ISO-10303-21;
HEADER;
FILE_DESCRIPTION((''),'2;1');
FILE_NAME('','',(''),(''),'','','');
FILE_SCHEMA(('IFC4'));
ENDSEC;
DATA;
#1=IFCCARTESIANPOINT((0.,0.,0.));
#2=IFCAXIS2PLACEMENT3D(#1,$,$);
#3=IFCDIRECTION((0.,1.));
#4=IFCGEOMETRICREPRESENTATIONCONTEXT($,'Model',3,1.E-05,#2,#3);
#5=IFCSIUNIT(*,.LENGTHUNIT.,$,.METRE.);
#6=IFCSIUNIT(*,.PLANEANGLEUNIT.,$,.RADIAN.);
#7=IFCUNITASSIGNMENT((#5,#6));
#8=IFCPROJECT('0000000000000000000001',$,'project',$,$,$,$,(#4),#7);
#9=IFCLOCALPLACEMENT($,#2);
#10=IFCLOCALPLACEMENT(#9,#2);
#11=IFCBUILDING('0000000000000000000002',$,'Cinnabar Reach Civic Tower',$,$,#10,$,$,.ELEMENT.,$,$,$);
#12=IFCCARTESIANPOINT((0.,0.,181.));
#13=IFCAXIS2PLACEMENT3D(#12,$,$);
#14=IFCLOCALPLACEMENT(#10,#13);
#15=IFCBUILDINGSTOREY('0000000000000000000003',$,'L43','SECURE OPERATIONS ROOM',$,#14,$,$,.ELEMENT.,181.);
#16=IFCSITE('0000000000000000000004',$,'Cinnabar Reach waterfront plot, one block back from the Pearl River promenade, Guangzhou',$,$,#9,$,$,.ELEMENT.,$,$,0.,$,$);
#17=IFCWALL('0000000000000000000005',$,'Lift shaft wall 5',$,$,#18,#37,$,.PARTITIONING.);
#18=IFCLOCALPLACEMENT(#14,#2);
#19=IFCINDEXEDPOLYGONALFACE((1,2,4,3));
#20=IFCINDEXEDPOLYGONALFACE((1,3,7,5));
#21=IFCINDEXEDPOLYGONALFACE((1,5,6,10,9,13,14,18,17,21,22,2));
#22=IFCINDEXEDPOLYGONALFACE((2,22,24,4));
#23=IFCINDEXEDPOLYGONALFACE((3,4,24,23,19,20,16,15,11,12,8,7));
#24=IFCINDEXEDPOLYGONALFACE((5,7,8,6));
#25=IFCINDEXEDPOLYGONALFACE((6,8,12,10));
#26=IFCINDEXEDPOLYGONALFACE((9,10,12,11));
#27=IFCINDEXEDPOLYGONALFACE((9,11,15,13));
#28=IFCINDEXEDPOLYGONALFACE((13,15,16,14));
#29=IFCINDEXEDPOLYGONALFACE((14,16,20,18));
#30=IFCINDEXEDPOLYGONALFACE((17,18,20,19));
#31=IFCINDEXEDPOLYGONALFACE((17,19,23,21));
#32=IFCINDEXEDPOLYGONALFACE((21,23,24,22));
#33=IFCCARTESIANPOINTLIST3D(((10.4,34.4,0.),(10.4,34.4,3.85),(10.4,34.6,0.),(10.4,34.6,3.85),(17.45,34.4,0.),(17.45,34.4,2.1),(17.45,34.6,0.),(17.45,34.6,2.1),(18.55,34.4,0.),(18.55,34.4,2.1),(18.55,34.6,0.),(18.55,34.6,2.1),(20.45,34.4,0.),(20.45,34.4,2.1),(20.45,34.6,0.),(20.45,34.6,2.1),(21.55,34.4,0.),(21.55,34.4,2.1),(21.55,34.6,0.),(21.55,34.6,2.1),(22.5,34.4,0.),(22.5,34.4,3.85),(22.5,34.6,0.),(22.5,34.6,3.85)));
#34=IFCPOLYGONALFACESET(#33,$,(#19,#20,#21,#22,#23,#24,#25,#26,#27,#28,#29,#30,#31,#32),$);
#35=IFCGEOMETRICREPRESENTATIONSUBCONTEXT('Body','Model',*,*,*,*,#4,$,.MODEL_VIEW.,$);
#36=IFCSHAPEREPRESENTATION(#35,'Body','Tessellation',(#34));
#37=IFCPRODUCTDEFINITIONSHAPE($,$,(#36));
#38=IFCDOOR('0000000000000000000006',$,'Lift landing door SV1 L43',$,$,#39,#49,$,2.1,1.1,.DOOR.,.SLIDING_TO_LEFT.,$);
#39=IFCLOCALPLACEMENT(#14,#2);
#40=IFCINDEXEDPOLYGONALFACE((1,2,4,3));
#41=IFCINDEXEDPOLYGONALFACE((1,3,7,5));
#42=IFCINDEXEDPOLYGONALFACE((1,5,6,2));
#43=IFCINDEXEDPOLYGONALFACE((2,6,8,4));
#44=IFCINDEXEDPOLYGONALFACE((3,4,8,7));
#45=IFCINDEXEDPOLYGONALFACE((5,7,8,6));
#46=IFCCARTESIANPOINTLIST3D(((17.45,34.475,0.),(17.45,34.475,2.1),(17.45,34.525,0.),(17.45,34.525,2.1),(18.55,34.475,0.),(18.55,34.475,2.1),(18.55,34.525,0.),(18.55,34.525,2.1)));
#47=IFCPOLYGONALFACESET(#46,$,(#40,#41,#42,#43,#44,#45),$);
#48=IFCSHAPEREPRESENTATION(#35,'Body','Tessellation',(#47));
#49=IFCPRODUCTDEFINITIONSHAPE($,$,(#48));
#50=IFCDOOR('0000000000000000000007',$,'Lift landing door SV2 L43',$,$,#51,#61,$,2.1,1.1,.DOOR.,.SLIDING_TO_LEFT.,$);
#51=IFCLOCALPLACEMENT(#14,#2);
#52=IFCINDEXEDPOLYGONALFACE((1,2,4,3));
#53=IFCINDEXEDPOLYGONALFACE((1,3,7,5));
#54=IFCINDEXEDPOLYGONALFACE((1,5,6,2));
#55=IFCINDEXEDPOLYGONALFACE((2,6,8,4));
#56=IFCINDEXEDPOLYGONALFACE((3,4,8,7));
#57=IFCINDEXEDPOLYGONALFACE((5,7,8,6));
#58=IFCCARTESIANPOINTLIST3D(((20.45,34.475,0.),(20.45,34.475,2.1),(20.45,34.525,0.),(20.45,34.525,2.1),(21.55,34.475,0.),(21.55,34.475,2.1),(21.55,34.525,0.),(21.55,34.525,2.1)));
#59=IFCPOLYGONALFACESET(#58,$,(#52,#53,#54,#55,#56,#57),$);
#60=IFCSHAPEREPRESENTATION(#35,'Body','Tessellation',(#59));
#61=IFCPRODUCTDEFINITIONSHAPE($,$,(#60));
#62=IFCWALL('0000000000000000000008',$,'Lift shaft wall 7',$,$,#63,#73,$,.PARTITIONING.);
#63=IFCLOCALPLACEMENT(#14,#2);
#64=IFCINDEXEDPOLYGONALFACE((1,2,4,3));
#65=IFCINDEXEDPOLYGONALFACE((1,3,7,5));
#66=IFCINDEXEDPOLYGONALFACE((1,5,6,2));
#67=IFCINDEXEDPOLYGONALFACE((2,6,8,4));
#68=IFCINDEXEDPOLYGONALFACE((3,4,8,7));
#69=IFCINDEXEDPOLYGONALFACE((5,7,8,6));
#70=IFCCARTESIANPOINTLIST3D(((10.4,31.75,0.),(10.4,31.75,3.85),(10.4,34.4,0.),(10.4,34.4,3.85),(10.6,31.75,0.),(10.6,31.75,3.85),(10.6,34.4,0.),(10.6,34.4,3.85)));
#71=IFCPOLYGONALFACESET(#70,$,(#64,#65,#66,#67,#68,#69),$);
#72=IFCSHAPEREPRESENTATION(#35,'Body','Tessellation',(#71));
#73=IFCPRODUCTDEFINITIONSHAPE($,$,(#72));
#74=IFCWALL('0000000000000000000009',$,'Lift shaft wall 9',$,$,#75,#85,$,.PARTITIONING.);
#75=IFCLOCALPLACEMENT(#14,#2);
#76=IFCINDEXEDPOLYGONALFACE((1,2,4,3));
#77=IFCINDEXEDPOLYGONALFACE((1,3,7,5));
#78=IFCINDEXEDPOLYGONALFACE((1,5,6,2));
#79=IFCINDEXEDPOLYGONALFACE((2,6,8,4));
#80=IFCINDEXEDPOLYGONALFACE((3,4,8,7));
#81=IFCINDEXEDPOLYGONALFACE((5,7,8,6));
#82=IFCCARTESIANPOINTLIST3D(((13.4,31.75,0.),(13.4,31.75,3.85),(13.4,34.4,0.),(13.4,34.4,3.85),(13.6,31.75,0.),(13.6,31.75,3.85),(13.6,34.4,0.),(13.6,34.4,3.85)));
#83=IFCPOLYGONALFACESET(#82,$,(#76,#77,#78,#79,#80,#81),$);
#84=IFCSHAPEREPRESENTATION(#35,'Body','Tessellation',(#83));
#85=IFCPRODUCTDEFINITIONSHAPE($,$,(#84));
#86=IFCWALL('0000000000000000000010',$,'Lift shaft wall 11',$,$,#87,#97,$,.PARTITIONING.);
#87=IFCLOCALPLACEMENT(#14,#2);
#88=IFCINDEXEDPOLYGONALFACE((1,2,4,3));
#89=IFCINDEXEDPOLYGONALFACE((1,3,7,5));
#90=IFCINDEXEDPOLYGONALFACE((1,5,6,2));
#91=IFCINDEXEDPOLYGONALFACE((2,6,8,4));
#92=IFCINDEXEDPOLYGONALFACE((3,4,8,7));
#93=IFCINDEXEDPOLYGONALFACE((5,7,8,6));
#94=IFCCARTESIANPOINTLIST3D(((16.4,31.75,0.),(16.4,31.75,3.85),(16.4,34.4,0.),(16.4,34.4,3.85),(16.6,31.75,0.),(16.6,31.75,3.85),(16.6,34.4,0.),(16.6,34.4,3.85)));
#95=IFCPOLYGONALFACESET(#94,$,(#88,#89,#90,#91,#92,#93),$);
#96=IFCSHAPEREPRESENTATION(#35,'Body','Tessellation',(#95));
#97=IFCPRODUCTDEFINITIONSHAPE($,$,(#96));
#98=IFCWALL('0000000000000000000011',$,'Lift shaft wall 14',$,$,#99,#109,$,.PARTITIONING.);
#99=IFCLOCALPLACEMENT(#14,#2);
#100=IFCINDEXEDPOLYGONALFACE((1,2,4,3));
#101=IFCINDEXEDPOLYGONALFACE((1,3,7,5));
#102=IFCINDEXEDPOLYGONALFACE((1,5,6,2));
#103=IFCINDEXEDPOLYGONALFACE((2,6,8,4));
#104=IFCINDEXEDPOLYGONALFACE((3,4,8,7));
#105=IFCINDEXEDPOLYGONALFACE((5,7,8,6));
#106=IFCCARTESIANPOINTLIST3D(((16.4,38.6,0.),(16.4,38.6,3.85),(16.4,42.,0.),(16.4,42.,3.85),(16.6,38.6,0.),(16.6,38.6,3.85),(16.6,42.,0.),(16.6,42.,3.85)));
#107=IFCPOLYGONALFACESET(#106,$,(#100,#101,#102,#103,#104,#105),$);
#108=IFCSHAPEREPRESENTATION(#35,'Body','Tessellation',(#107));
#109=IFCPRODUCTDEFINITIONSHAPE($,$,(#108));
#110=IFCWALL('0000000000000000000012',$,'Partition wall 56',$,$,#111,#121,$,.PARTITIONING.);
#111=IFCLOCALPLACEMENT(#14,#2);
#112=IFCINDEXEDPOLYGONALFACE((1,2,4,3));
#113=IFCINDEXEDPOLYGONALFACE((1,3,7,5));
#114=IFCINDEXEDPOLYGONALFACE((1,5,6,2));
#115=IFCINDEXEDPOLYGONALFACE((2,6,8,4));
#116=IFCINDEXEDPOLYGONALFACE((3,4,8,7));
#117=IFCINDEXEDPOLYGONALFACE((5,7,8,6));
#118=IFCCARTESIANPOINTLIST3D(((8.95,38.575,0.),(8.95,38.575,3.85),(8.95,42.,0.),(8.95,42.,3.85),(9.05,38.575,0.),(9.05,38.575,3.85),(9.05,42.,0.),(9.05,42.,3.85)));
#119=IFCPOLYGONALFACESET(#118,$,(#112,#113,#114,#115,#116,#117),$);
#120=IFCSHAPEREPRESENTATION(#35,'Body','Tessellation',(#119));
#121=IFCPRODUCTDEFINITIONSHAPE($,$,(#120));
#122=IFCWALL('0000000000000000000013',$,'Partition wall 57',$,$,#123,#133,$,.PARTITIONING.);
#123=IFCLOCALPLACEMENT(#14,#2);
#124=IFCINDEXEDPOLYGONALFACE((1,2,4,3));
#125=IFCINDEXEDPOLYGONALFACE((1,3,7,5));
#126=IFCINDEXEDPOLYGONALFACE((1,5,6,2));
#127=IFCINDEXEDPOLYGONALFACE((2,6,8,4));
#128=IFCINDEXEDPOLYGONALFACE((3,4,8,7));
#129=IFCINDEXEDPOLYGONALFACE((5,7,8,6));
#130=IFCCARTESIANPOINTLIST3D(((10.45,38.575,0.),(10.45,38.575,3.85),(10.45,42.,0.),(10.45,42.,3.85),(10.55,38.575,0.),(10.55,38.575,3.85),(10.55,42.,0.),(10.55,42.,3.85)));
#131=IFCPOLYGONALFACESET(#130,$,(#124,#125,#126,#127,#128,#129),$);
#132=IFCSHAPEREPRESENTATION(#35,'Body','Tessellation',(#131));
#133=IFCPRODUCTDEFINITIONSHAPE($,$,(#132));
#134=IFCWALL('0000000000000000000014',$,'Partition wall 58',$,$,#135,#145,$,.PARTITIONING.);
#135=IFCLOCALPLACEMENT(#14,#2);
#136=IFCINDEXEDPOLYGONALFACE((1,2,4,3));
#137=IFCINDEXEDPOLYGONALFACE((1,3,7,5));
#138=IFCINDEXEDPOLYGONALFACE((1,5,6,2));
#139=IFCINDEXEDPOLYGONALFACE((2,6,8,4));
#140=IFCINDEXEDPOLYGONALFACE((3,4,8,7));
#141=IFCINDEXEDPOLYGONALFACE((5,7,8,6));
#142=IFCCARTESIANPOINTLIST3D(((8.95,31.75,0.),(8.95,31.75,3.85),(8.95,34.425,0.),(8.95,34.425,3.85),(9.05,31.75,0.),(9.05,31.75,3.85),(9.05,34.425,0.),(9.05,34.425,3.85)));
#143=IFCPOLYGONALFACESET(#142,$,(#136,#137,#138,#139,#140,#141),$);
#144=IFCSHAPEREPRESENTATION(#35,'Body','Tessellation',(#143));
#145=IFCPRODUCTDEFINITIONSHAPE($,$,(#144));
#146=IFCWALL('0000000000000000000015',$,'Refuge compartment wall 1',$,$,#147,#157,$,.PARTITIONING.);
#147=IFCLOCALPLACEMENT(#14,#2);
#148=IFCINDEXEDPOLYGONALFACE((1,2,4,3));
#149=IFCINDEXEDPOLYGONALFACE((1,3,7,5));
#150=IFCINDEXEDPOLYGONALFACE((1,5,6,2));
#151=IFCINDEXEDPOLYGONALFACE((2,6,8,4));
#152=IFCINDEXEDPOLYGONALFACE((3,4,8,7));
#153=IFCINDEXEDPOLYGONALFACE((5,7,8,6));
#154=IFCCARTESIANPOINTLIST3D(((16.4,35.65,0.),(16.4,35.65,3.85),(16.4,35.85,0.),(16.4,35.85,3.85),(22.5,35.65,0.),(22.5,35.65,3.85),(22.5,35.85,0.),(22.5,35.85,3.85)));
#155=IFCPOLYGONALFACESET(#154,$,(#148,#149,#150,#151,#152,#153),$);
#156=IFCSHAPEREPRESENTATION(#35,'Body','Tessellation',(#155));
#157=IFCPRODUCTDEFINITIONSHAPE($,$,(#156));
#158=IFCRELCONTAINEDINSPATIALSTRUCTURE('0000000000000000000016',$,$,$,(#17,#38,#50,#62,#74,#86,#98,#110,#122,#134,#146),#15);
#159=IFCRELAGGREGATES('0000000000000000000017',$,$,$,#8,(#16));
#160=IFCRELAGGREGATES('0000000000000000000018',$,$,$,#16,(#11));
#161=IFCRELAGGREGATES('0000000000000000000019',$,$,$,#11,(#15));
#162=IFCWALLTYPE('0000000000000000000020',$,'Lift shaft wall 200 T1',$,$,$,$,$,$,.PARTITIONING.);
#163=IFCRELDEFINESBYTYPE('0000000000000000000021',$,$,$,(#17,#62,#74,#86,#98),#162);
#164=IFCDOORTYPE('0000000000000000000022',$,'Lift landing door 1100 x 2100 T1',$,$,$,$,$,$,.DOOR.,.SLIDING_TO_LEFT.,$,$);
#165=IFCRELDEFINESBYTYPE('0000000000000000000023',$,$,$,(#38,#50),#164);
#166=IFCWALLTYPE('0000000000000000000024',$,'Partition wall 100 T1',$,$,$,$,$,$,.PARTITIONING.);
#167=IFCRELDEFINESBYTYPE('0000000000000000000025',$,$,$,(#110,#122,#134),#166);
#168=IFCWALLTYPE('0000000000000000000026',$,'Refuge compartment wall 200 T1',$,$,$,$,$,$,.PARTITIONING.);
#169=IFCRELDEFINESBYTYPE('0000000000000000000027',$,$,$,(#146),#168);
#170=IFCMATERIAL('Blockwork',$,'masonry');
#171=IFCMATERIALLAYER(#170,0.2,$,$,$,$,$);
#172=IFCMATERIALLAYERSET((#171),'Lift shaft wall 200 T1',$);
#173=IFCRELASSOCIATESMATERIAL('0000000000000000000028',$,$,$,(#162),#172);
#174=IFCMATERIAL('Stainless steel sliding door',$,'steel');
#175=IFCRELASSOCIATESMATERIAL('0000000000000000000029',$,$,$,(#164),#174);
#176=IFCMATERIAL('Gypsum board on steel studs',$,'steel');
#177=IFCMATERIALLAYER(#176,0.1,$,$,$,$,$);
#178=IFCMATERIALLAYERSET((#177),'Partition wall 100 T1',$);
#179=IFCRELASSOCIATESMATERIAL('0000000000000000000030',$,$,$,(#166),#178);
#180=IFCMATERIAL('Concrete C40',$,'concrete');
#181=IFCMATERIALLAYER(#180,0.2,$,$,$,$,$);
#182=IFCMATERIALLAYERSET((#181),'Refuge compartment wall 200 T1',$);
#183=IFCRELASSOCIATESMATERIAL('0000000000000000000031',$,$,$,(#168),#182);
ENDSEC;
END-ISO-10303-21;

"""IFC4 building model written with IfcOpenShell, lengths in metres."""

from ifc_helpers import new_model, si_unit, direction, frame, frame_2d, origin, place, context, subcontext, project, spatial, rectangle, extrude, material, layer, layer_set, type_object, element, fill, save


model = new_model("IFC4")

# Units and contexts
model_context = context("Model", 3, precision=1e-05, world=origin(), true_north=direction((0.0, 1.0)))
body_context = subcontext(model_context, "Body", "Model", "MODEL_VIEW")
ifc_project = project(units=[si_unit("LENGTHUNIT", "METRE"), si_unit("PLANEANGLEUNIT", "RADIAN")], contexts=[model_context])

# Site, building, storey
site_placement = place(None, origin())
site = spatial("IfcSite", under=ifc_project, at=site_placement, Name="Cinnabar Reach waterfront plot, one block back from the Pearl River promenade, Guangzhou", CompositionType="ELEMENT", RefElevation=0.0)
building_placement = place(site_placement, origin())
building = spatial("IfcBuilding", under=site, at=building_placement, Name="Cinnabar Reach Civic Tower", CompositionType="ELEMENT")
storey_placement = place(building_placement, frame((0.0, 0.0, 181.0)))
storey = spatial("IfcBuildingStorey", under=building, at=storey_placement, Name="L43", Description="SECURE OPERATIONS ROOM", CompositionType="ELEMENT", Elevation=181.0)

# Wall, openings, doors
ifc_material_1 = material(Name="Blockwork", Category="masonry")
ifc_layer_1 = layer(ifc_material_1, 0.2)
ifc_layer_set_1 = layer_set([ifc_layer_1], Name="Lift shaft wall 200 T1")
wall_type_1 = type_object("IfcWallType", Name="Lift shaft wall 200 T1", PredefinedType="PARTITIONING", material=ifc_layer_set_1)
wall_1_placement = place(storey_placement, frame((10.4, 34.5, 0.0), z_axis=(0.0, 0.0, 1.0), x_axis=(1.0, 0.0, 0.0)))
wall_1 = element("IfcWall", 1, at=wall_1_placement, inside=storey, type_object=wall_type_1, Name="Lift shaft wall 5", PredefinedType="PARTITIONING", context=body_context, shape_type="SweptSolid", body=[
    extrude(rectangle(XDim=12.1, YDim=0.2, at=frame_2d((6.05, 0.0))), origin(), (0.0, 0.0, 1.0), 3.85),
])
opening_1_placement = place(wall_1_placement, frame((7.05, 0.0, 0.0)))
opening_1 = element("IfcOpeningElement", 2, at=opening_1_placement, cuts=wall_1, PredefinedType="OPENING", context=body_context, shape_type="SweptSolid", body=[
    extrude(rectangle(XDim=1.1, YDim=2.1, at=frame_2d((0.55, 1.05))), frame((0.0, 0.11, 0.0), z_axis=(0.0, -1.0, 0.0), x_axis=(1.0, 0.0, 0.0)), (0.0, 0.0, 1.0), 0.22),
])
opening_2_placement = place(wall_1_placement, frame((10.05, 0.0, 0.0)))
opening_2 = element("IfcOpeningElement", 3, at=opening_2_placement, cuts=wall_1, PredefinedType="OPENING", context=body_context, shape_type="SweptSolid", body=[
    extrude(rectangle(XDim=1.1, YDim=2.1, at=frame_2d((0.55, 1.05))), frame((0.0, 0.11, 0.0), z_axis=(0.0, -1.0, 0.0), x_axis=(1.0, 0.0, 0.0)), (0.0, 0.0, 1.0), 0.22),
])
ifc_material_2 = material(Name="Stainless steel sliding door", Category="steel")
door_type_1 = type_object("IfcDoorType", Name="Lift landing door 1100 x 2100 T1", OperationType="SLIDING_TO_LEFT", PredefinedType="DOOR", material=ifc_material_2)
door_1_placement = place(opening_1_placement, origin())
door_1 = element("IfcDoor", 4, at=door_1_placement, inside=storey, type_object=door_type_1, Name="Lift landing door SV1 L43", OperationType="SLIDING_TO_LEFT", OverallHeight=2.1, OverallWidth=1.1, PredefinedType="DOOR", context=body_context, shape_type="SweptSolid", body=[
    extrude(rectangle(XDim=1.1, YDim=2.1, at=frame_2d((0.55, 1.05))), frame((0.0, 0.025, 0.0), z_axis=(0.0, -1.0, 0.0), x_axis=(1.0, 0.0, 0.0)), (0.0, 0.0, 1.0), 0.05),
])
fill(opening_1, door_1)
door_2_placement = place(opening_2_placement, origin())
door_2 = element("IfcDoor", 5, at=door_2_placement, inside=storey, type_object=door_type_1, Name="Lift landing door SV2 L43", OperationType="SLIDING_TO_LEFT", OverallHeight=2.1, OverallWidth=1.1, PredefinedType="DOOR", context=body_context, shape_type="SweptSolid", body=[
    extrude(rectangle(XDim=1.1, YDim=2.1, at=frame_2d((0.55, 1.05))), frame((0.0, 0.025, 0.0), z_axis=(0.0, -1.0, 0.0), x_axis=(1.0, 0.0, 0.0)), (0.0, 0.0, 1.0), 0.05),
])
fill(opening_2, door_2)

# Walls
for number, where, z_axis, x_axis, name in (
    (6, (10.5, 31.75, 0.0), (0.0, 0.0, 1.0), (0.0, 1.0, 0.0), "Lift shaft wall 7"),
    (7, (13.5, 31.75, 0.0), (0.0, 0.0, 1.0), (0.0, 1.0, 0.0), "Lift shaft wall 9"),
    (8, (16.5, 31.75, 0.0), (0.0, 0.0, 1.0), (0.0, 1.0, 0.0), "Lift shaft wall 11"),
):
    element("IfcWall", number, at=place(storey_placement, frame(where, z_axis=z_axis, x_axis=x_axis)), inside=storey, type_object=wall_type_1, Name=name, PredefinedType="PARTITIONING", context=body_context, shape_type="SweptSolid", body=[
        extrude(rectangle(XDim=2.65, YDim=0.2, at=frame_2d((1.325, 0.0))), origin(), (0.0, 0.0, 1.0), 3.85),
    ])
wall_2_placement = place(storey_placement, frame((16.5, 38.6, 0.0), z_axis=(0.0, 0.0, 1.0), x_axis=(0.0, 1.0, 0.0)))
element("IfcWall", 9, at=wall_2_placement, inside=storey, type_object=wall_type_1, Name="Lift shaft wall 14", PredefinedType="PARTITIONING", context=body_context, shape_type="SweptSolid", body=[
    extrude(rectangle(XDim=3.4, YDim=0.2, at=frame_2d((1.7, 0.0))), origin(), (0.0, 0.0, 1.0), 3.85),
])
ifc_material_3 = material(Name="Gypsum board on steel studs", Category="steel")
ifc_layer_2 = layer(ifc_material_3, 0.1)
ifc_layer_set_2 = layer_set([ifc_layer_2], Name="Partition wall 100 T1")
wall_type_2 = type_object("IfcWallType", Name="Partition wall 100 T1", PredefinedType="PARTITIONING", material=ifc_layer_set_2)
for number, where, z_axis, x_axis, name in (
    (10, (9.0, 38.575, 0.0), (0.0, 0.0, 1.0), (0.0, 1.0, 0.0), "Partition wall 56"),
    (11, (10.5, 38.575, 0.0), (0.0, 0.0, 1.0), (0.0, 1.0, 0.0), "Partition wall 57"),
):
    element("IfcWall", number, at=place(storey_placement, frame(where, z_axis=z_axis, x_axis=x_axis)), inside=storey, type_object=wall_type_2, Name=name, PredefinedType="PARTITIONING", context=body_context, shape_type="SweptSolid", body=[
        extrude(rectangle(XDim=3.425, YDim=0.1, at=frame_2d((1.7125, 0.0))), origin(), (0.0, 0.0, 1.0), 3.85),
    ])
wall_3_placement = place(storey_placement, frame((9.0, 31.75, 0.0), z_axis=(0.0, 0.0, 1.0), x_axis=(0.0, 1.0, 0.0)))
element("IfcWall", 12, at=wall_3_placement, inside=storey, type_object=wall_type_2, Name="Partition wall 58", PredefinedType="PARTITIONING", context=body_context, shape_type="SweptSolid", body=[
    extrude(rectangle(XDim=2.675, YDim=0.1, at=frame_2d((1.3375, 0.0))), origin(), (0.0, 0.0, 1.0), 3.85),
])
ifc_material_4 = material(Name="Concrete C40", Category="concrete")
ifc_layer_3 = layer(ifc_material_4, 0.2)
ifc_layer_set_3 = layer_set([ifc_layer_3], Name="Refuge compartment wall 200 T1")
wall_type_3 = type_object("IfcWallType", Name="Refuge compartment wall 200 T1", PredefinedType="PARTITIONING", material=ifc_layer_set_3)
wall_4_placement = place(storey_placement, frame((16.4, 35.75, 0.0), z_axis=(0.0, 0.0, 1.0), x_axis=(1.0, 0.0, 0.0)))
element("IfcWall", 13, at=wall_4_placement, inside=storey, type_object=wall_type_3, Name="Refuge compartment wall 1", PredefinedType="PARTITIONING", context=body_context, shape_type="SweptSolid", body=[
    extrude(rectangle(XDim=6.1, YDim=0.2, at=frame_2d((3.05, 0.0))), origin(), (0.0, 0.0, 1.0), 3.85),
])

save(model, "model.ifc")
